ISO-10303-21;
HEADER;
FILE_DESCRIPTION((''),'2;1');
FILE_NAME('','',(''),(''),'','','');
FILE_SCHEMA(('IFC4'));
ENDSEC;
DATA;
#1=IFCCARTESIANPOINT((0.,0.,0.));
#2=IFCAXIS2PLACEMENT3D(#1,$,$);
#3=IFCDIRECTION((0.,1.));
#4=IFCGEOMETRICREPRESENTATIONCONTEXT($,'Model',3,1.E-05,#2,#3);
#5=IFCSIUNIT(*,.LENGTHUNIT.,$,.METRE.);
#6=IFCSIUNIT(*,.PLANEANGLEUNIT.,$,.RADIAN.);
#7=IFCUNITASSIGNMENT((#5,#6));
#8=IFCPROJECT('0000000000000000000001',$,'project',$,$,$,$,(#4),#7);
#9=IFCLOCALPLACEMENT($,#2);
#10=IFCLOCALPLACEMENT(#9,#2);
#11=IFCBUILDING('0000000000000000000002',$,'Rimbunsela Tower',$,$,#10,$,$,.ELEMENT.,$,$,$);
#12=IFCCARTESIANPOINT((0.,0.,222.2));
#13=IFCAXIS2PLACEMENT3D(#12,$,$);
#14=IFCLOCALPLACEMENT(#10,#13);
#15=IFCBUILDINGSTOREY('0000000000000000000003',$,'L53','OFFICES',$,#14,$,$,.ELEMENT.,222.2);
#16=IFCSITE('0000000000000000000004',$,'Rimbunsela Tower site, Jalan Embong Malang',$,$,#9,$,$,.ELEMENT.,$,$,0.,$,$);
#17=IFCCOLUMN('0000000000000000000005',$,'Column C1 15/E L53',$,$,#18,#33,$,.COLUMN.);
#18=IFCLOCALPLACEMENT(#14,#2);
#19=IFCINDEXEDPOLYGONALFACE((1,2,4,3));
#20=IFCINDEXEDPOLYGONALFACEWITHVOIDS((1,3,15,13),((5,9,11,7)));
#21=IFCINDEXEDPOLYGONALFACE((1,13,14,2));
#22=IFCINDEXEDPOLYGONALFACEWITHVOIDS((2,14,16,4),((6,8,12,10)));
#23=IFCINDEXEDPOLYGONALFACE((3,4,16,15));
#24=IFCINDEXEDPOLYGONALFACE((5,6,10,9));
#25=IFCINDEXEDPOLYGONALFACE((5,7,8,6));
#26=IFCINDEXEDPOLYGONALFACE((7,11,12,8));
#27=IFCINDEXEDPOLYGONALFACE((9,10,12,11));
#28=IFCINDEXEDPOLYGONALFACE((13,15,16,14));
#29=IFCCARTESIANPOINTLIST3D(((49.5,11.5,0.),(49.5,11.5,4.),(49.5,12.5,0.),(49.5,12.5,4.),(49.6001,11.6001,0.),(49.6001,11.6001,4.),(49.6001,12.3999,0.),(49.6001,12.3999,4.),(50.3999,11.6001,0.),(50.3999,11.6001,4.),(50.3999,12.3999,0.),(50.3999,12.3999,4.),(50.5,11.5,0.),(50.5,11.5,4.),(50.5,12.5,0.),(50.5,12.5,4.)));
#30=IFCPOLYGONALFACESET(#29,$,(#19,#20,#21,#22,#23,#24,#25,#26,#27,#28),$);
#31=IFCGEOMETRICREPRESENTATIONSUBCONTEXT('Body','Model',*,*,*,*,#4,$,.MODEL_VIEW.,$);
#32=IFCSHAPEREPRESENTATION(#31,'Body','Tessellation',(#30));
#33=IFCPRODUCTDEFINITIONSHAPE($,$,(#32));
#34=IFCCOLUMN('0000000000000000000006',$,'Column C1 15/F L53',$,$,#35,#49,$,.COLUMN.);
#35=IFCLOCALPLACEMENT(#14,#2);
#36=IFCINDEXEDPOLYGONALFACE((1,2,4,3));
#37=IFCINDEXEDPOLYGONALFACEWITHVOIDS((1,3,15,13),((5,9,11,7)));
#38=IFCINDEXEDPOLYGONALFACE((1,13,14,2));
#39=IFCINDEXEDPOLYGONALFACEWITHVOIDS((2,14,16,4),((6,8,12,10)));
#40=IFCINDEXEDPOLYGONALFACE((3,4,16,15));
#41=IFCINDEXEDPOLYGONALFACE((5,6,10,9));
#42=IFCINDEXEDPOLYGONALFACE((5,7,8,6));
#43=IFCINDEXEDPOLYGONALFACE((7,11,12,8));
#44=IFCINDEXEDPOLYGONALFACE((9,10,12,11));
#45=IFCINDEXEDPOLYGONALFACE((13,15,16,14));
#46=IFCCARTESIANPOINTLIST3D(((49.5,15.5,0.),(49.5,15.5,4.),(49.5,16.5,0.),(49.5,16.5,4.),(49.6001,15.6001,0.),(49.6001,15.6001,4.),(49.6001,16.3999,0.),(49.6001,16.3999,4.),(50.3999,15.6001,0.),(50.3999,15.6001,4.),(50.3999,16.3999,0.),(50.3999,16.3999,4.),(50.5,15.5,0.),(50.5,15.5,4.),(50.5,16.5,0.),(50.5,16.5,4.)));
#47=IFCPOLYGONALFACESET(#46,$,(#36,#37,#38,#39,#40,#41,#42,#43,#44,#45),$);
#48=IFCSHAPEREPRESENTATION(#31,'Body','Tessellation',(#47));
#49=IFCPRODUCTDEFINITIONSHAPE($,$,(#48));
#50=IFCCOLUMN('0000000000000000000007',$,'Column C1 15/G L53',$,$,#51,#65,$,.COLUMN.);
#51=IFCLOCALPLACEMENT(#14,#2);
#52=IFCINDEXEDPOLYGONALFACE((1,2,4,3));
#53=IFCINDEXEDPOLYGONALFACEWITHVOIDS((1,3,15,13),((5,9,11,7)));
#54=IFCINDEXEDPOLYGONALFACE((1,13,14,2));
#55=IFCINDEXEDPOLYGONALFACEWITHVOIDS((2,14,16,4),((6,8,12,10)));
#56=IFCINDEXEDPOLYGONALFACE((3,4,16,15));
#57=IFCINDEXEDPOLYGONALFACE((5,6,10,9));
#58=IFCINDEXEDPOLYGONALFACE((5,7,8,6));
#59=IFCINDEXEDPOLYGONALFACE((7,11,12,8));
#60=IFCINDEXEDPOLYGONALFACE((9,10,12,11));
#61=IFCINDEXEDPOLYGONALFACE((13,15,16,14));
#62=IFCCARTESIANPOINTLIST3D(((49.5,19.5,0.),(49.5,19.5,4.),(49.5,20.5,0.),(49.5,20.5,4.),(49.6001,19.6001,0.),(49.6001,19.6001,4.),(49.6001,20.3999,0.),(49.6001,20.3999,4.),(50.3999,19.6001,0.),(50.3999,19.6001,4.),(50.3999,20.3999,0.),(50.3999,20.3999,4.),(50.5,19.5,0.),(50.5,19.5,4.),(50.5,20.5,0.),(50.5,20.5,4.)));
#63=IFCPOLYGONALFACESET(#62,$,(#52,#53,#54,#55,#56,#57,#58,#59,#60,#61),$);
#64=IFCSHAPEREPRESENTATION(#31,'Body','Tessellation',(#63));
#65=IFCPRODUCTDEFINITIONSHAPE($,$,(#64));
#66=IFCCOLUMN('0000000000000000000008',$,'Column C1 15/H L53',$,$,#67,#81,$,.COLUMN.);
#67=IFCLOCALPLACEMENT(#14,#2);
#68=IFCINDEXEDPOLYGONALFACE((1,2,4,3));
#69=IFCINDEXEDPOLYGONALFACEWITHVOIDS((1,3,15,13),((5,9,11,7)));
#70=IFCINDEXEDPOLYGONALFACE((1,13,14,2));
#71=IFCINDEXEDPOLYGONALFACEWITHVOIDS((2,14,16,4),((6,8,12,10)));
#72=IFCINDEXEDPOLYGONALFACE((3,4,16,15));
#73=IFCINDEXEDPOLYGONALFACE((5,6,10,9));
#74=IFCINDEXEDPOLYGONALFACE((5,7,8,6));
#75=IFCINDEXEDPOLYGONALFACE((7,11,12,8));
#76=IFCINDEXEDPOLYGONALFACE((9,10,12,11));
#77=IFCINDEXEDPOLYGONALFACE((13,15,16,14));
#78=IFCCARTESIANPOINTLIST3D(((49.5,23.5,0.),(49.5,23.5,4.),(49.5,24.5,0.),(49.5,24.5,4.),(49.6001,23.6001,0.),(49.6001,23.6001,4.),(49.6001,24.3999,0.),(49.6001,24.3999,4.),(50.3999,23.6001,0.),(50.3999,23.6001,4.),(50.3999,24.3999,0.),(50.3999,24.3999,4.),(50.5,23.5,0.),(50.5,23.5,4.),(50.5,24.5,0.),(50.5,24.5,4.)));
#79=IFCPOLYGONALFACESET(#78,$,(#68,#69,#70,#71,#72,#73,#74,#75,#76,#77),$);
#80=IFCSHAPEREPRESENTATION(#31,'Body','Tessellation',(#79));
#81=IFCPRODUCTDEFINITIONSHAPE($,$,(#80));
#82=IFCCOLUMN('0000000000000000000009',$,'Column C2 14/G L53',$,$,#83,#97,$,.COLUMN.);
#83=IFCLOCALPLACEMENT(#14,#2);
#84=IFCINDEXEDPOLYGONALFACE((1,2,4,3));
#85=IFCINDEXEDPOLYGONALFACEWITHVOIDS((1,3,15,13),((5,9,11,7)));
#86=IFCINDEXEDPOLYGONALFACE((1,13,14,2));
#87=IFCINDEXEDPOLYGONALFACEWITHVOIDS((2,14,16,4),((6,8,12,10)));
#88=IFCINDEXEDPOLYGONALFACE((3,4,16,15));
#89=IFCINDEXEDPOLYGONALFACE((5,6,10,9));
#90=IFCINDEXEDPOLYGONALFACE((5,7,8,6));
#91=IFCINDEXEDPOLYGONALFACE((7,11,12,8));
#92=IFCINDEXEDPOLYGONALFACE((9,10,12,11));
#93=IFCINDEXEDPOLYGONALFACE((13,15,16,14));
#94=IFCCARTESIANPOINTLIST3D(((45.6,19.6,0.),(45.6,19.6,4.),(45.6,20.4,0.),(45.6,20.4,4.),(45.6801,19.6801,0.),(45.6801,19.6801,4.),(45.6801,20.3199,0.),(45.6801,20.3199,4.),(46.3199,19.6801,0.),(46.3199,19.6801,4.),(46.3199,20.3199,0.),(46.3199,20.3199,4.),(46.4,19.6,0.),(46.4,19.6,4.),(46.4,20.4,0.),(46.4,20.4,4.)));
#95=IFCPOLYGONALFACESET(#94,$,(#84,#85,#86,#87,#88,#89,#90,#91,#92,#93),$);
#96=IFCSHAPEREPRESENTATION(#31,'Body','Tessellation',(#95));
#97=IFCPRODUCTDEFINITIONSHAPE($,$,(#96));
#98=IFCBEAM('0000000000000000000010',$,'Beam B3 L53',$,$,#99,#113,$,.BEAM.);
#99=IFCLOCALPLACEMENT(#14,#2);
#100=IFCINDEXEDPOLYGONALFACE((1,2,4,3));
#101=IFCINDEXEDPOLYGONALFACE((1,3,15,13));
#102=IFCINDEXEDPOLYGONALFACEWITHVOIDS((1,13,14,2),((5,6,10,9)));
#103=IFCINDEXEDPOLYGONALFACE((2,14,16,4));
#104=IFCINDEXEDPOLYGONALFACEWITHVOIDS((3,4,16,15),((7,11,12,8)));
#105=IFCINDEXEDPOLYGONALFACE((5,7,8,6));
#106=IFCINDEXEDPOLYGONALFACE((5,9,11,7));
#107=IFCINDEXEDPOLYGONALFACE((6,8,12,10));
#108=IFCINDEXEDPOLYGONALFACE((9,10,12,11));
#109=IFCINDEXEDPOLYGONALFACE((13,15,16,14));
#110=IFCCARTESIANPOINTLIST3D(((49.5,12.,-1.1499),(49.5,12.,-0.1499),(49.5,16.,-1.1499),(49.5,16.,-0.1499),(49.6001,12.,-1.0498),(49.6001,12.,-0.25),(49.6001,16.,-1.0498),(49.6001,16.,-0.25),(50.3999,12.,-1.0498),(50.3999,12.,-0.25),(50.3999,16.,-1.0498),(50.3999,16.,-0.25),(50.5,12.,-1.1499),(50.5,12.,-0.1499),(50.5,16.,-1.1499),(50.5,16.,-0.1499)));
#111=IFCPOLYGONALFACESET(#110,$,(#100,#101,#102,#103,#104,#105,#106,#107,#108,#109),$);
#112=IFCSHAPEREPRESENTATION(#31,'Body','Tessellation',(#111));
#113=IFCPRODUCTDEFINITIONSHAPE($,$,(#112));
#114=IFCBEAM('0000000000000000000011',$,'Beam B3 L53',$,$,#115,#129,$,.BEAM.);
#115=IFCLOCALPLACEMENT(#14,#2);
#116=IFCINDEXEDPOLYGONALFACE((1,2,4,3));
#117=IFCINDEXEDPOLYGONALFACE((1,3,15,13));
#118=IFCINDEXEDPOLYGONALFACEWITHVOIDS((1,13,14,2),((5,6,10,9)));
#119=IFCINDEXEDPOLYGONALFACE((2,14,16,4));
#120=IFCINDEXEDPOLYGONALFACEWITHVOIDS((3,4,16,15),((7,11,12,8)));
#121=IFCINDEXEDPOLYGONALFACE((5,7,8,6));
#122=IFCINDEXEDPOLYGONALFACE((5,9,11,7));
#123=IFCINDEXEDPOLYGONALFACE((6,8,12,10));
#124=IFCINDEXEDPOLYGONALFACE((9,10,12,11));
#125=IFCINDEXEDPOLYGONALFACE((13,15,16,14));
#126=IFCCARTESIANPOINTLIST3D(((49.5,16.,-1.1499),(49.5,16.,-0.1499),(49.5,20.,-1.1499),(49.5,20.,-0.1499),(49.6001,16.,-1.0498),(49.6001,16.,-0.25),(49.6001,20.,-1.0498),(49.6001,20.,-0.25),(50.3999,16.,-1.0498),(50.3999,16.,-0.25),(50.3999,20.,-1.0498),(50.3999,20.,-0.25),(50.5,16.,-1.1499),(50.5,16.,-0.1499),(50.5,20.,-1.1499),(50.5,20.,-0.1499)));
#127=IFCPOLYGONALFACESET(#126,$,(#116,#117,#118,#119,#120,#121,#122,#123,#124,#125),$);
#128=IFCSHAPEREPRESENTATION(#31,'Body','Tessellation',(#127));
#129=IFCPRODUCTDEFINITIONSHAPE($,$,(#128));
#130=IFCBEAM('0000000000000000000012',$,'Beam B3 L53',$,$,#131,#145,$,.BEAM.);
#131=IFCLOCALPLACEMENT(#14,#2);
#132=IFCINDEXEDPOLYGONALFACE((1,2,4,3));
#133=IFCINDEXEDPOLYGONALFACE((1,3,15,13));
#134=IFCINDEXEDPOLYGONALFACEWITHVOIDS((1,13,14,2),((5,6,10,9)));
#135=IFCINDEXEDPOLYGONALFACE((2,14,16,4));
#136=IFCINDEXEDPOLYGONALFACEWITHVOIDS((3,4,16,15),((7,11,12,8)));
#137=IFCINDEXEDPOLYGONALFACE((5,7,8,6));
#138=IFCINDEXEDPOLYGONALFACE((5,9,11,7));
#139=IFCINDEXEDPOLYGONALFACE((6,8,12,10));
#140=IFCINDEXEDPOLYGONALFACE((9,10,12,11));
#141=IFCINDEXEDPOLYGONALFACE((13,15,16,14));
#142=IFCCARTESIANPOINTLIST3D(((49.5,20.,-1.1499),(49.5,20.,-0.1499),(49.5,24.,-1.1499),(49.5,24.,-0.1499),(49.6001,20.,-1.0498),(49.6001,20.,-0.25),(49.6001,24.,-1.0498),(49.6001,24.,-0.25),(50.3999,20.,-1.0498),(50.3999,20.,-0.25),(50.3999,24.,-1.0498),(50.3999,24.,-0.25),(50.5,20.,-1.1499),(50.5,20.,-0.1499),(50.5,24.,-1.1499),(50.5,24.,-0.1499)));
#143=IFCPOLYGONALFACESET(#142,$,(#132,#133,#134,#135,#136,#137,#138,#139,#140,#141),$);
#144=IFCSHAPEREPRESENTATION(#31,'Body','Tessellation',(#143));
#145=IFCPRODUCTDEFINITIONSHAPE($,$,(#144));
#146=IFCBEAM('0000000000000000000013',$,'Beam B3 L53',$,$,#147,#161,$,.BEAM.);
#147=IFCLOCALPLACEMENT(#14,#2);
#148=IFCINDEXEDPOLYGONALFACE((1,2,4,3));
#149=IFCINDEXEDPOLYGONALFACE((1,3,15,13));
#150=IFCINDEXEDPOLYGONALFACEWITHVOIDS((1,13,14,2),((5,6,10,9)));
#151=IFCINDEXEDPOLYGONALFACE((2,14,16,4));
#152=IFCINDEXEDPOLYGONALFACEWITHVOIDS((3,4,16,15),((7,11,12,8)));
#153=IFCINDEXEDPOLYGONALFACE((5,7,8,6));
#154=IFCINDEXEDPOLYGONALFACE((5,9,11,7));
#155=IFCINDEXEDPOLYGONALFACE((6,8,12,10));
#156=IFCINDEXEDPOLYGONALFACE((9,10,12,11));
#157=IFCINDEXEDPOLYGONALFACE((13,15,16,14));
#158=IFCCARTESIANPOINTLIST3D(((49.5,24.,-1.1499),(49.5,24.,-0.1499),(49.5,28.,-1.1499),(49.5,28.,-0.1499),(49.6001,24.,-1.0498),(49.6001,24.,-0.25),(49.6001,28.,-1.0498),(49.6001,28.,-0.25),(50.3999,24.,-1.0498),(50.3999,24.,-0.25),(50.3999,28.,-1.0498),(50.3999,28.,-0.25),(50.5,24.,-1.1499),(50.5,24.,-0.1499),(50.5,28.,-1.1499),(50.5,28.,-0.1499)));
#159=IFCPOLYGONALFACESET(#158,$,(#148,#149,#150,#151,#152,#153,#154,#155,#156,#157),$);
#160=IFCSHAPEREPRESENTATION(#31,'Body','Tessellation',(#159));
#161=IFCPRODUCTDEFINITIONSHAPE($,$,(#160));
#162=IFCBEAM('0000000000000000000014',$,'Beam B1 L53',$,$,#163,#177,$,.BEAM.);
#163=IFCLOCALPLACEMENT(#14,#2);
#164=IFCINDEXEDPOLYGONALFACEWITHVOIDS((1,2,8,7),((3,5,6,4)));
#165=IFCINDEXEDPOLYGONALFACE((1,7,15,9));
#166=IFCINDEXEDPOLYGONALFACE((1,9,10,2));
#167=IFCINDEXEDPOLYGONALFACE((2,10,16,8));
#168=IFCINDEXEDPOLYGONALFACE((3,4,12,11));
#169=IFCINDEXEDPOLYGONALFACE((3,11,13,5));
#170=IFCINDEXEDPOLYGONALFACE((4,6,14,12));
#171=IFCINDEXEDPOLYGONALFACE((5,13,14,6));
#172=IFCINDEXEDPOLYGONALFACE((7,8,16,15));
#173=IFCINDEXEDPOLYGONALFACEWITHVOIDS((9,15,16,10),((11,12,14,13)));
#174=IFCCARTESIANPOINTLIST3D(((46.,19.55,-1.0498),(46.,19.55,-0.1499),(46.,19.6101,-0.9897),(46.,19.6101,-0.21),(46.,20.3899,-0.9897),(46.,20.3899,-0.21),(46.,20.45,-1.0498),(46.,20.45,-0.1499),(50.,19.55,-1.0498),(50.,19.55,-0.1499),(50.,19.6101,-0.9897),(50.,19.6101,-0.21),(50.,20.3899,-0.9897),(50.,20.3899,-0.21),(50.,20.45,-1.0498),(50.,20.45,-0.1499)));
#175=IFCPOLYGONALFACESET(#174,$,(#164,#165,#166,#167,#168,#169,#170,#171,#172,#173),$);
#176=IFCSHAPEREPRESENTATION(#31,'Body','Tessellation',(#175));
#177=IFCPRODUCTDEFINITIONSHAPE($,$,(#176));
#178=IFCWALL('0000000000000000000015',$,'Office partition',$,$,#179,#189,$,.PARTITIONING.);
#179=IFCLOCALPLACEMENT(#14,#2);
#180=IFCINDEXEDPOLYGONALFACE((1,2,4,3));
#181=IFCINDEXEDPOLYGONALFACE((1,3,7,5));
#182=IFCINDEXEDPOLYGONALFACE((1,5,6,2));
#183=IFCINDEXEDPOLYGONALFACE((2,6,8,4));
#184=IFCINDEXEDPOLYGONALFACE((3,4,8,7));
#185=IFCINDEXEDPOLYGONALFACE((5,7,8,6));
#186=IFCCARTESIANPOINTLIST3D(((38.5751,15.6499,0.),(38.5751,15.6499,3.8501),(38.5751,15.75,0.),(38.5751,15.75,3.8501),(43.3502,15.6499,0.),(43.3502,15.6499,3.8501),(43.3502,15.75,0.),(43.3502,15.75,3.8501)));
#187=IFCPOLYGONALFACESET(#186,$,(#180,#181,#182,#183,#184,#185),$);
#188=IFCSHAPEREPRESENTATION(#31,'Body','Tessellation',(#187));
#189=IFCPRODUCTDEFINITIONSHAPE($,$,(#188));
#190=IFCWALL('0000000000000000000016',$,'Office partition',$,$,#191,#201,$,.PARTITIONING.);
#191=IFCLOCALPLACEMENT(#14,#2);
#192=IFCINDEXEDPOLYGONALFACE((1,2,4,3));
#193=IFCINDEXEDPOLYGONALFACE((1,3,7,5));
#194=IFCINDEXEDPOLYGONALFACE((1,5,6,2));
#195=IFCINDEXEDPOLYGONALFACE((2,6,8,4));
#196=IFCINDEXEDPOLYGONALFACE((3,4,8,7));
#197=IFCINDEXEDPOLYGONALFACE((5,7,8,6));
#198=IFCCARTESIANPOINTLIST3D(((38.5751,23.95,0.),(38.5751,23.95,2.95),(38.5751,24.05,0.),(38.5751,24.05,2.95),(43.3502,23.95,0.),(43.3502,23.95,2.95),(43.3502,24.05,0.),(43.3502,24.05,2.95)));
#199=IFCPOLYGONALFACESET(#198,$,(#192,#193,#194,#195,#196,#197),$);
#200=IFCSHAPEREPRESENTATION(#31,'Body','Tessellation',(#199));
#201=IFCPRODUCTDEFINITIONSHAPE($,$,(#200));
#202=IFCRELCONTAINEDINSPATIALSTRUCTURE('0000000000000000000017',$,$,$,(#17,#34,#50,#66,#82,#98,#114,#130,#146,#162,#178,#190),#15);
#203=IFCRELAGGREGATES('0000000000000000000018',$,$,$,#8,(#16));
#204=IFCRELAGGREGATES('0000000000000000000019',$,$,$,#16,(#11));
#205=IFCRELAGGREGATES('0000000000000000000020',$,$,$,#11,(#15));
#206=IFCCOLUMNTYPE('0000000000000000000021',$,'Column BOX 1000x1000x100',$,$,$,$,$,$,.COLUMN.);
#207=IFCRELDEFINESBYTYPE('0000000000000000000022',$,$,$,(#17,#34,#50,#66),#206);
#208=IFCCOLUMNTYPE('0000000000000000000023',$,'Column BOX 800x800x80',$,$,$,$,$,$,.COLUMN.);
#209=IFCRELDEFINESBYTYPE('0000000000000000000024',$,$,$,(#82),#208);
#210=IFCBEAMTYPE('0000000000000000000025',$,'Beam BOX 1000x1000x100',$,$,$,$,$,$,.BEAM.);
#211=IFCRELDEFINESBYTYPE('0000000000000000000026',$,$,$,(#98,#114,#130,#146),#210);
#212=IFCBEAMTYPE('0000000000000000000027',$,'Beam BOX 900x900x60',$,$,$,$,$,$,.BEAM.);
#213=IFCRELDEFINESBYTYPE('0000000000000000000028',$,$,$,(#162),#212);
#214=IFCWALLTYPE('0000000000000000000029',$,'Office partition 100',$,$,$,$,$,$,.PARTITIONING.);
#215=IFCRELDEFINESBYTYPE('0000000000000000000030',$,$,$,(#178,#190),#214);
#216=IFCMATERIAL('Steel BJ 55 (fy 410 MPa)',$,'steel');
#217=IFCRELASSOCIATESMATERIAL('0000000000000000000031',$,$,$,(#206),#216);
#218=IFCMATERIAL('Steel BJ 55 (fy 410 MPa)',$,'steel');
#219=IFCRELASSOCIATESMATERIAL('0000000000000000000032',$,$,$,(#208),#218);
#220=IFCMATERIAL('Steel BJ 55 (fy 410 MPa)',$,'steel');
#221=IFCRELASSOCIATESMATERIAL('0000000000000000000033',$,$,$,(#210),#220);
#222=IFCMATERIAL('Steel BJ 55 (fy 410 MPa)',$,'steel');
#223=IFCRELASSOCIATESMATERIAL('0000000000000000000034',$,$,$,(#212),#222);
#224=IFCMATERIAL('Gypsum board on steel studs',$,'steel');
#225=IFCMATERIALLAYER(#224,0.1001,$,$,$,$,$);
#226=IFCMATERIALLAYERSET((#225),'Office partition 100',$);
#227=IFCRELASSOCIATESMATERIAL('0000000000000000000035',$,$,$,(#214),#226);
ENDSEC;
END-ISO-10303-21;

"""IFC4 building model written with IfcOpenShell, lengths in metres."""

from ifc_helpers import new_model, si_unit, direction, frame, frame_2d, origin, origin_2d, place, context, subcontext, project, spatial, rectangle, hollow_rectangle, extrude, material, layer, layer_set, material_profile, profile_set, type_object, element, save


model = new_model("IFC4")

# Units and contexts
model_context = context("Model", 3, precision=1e-05, world=origin(), true_north=direction((0.0, 1.0)))
body_context = subcontext(model_context, "Body", "Model", "MODEL_VIEW")
ifc_project = project(units=[si_unit("LENGTHUNIT", "METRE"), si_unit("PLANEANGLEUNIT", "RADIAN")], contexts=[model_context])

# Site, building, storey
site_placement = place(None, origin())
site = spatial("IfcSite", under=ifc_project, at=site_placement, Name="Rimbunsela Tower site, Jalan Embong Malang", CompositionType="ELEMENT", RefElevation=0.0)
building_placement = place(site_placement, origin())
building = spatial("IfcBuilding", under=site, at=building_placement, Name="Rimbunsela Tower", CompositionType="ELEMENT")
storey_placement = place(building_placement, frame((0.0, 0.0, 222.2)))
storey = spatial("IfcBuildingStorey", under=building, at=storey_placement, Name="L53", Description="OFFICES", CompositionType="ELEMENT", Elevation=222.2)

# Columns
ifc_material_1 = material(Name="Steel BJ 55 (fy 410 MPa)", Category="steel")
ifc_material_profile_1 = material_profile(ifc_material_1, hollow_rectangle(XDim=1.0, YDim=1.0, WallThickness=0.1001, at=origin_2d()), Name="BOX 1000x1000x100")
ifc_profile_set_1 = profile_set([ifc_material_profile_1], Name="Steel BJ 55 (fy 410 MPa)")
column_type_1 = type_object("IfcColumnType", Name="Column BOX 1000x1000x100", PredefinedType="COLUMN", material=ifc_profile_set_1)
for number, where, z_axis, x_axis, name in (
    (1, (50.0, 12.0, 0.0), (0.0, 0.0, 1.0), (1.0, 0.0, 0.0), "Column C1 15/E L53"),
    (2, (50.0, 16.0, 0.0), (0.0, 0.0, 1.0), (1.0, 0.0, 0.0), "Column C1 15/F L53"),
    (3, (50.0, 20.0, 0.0), (0.0, 0.0, 1.0), (1.0, 0.0, 0.0), "Column C1 15/G L53"),
    (4, (50.0, 24.0, 0.0), (0.0, 0.0, 1.0), (1.0, 0.0, 0.0), "Column C1 15/H L53"),
):
    element("IfcColumn", number, at=place(storey_placement, frame(where, z_axis=z_axis, x_axis=x_axis)), inside=storey, type_object=column_type_1, Name=name, PredefinedType="COLUMN", context=body_context, shape_type="SweptSolid", body=[
        extrude(hollow_rectangle(XDim=1.0, YDim=1.0, WallThickness=0.1001, at=origin_2d()), origin(), (0.0, 0.0, 1.0), 4.0),
    ])
ifc_material_2 = material(Name="Steel BJ 55 (fy 410 MPa)", Category="steel")
ifc_material_profile_2 = material_profile(ifc_material_2, hollow_rectangle(XDim=0.8, YDim=0.8, WallThickness=0.0801, at=origin_2d()), Name="BOX 800x800x80")
ifc_profile_set_2 = profile_set([ifc_material_profile_2], Name="Steel BJ 55 (fy 410 MPa)")
column_type_2 = type_object("IfcColumnType", Name="Column BOX 800x800x80", PredefinedType="COLUMN", material=ifc_profile_set_2)
column_placement = place(storey_placement, frame((46.0, 20.0, 0.0), z_axis=(0.0, 0.0, 1.0), x_axis=(1.0, 0.0, 0.0)))
element("IfcColumn", 5, at=column_placement, inside=storey, type_object=column_type_2, Name="Column C2 14/G L53", PredefinedType="COLUMN", context=body_context, shape_type="SweptSolid", body=[
    extrude(hollow_rectangle(XDim=0.8, YDim=0.8, WallThickness=0.0801, at=origin_2d()), origin(), (0.0, 0.0, 1.0), 4.0),
])

# Beams
ifc_material_3 = material(Name="Steel BJ 55 (fy 410 MPa)", Category="steel")
ifc_material_profile_3 = material_profile(ifc_material_3, hollow_rectangle(XDim=1.0, YDim=1.0, WallThickness=0.1001, at=origin_2d()), Name="BOX 1000x1000x100")
ifc_profile_set_3 = profile_set([ifc_material_profile_3], Name="Steel BJ 55 (fy 410 MPa)")
beam_type_1 = type_object("IfcBeamType", Name="Beam BOX 1000x1000x100", PredefinedType="BEAM", material=ifc_profile_set_3)
for number, where, z_axis, x_axis, name in (
    (6, (50.0, 12.0, -0.6499), (0.0, 1.0, 0.0), (-1.0, 0.0, 0.0), "Beam B3 L53"),
    (7, (50.0, 16.0, -0.6499), (0.0, 1.0, 0.0), (-1.0, 0.0, 0.0), "Beam B3 L53"),
    (8, (50.0, 20.0, -0.6499), (0.0, 1.0, 0.0), (-1.0, 0.0, 0.0), "Beam B3 L53"),
    (9, (50.0, 24.0, -0.6499), (0.0, 1.0, 0.0), (-1.0, 0.0, 0.0), "Beam B3 L53"),
):
    element("IfcBeam", number, at=place(storey_placement, frame(where, z_axis=z_axis, x_axis=x_axis)), inside=storey, type_object=beam_type_1, Name=name, PredefinedType="BEAM", context=body_context, shape_type="SweptSolid", body=[
        extrude(hollow_rectangle(XDim=1.0, YDim=1.0, WallThickness=0.1001, at=origin_2d()), origin(), (0.0, 0.0, 1.0), 4.0),
    ])
ifc_material_4 = material(Name="Steel BJ 55 (fy 410 MPa)", Category="steel")
ifc_material_profile_4 = material_profile(ifc_material_4, hollow_rectangle(XDim=0.8999, YDim=0.8999, WallThickness=0.0601, at=origin_2d()), Name="BOX 900x900x60")
ifc_profile_set_4 = profile_set([ifc_material_profile_4], Name="Steel BJ 55 (fy 410 MPa)")
beam_type_2 = type_object("IfcBeamType", Name="Beam BOX 900x900x60", PredefinedType="BEAM", material=ifc_profile_set_4)
beam_placement = place(storey_placement, frame((46.0, 20.0, -0.5999), z_axis=(1.0, 0.0, 0.0), x_axis=(0.0, 1.0, 0.0)))
element("IfcBeam", 10, at=beam_placement, inside=storey, type_object=beam_type_2, Name="Beam B1 L53", PredefinedType="BEAM", context=body_context, shape_type="SweptSolid", body=[
    extrude(hollow_rectangle(XDim=0.8999, YDim=0.8999, WallThickness=0.0601, at=origin_2d()), origin(), (0.0, 0.0, 1.0), 4.0),
])

# Walls
ifc_material_5 = material(Name="Gypsum board on steel studs", Category="steel")
ifc_layer_1 = layer(ifc_material_5, 0.1001)
ifc_layer_set_1 = layer_set([ifc_layer_1], Name="Office partition 100")
wall_type_1 = type_object("IfcWallType", Name="Office partition 100", PredefinedType="PARTITIONING", material=ifc_layer_set_1)
wall_1_placement = place(storey_placement, frame((38.575, 15.7, 0.0), z_axis=(0.0, 0.0, 1.0), x_axis=(1.0, 0.0, 0.0)))
element("IfcWall", 11, at=wall_1_placement, inside=storey, type_object=wall_type_1, Name="Office partition", PredefinedType="PARTITIONING", context=body_context, shape_type="SweptSolid", body=[
    extrude(rectangle(XDim=4.7751, YDim=0.1001, at=frame_2d((2.3877, 0.0))), origin(), (0.0, 0.0, 1.0), 3.8501),
])
wall_2_placement = place(storey_placement, frame((38.575, 24.0, 0.0), z_axis=(0.0, 0.0, 1.0), x_axis=(1.0, 0.0, 0.0)))
element("IfcWall", 12, at=wall_2_placement, inside=storey, type_object=wall_type_1, Name="Office partition", PredefinedType="PARTITIONING", context=body_context, shape_type="SweptSolid", body=[
    extrude(rectangle(XDim=4.7751, YDim=0.1001, at=frame_2d((2.3877, 0.0))), origin(), (0.0, 0.0, 1.0), 2.95),
])

save(model, "model.ifc")
